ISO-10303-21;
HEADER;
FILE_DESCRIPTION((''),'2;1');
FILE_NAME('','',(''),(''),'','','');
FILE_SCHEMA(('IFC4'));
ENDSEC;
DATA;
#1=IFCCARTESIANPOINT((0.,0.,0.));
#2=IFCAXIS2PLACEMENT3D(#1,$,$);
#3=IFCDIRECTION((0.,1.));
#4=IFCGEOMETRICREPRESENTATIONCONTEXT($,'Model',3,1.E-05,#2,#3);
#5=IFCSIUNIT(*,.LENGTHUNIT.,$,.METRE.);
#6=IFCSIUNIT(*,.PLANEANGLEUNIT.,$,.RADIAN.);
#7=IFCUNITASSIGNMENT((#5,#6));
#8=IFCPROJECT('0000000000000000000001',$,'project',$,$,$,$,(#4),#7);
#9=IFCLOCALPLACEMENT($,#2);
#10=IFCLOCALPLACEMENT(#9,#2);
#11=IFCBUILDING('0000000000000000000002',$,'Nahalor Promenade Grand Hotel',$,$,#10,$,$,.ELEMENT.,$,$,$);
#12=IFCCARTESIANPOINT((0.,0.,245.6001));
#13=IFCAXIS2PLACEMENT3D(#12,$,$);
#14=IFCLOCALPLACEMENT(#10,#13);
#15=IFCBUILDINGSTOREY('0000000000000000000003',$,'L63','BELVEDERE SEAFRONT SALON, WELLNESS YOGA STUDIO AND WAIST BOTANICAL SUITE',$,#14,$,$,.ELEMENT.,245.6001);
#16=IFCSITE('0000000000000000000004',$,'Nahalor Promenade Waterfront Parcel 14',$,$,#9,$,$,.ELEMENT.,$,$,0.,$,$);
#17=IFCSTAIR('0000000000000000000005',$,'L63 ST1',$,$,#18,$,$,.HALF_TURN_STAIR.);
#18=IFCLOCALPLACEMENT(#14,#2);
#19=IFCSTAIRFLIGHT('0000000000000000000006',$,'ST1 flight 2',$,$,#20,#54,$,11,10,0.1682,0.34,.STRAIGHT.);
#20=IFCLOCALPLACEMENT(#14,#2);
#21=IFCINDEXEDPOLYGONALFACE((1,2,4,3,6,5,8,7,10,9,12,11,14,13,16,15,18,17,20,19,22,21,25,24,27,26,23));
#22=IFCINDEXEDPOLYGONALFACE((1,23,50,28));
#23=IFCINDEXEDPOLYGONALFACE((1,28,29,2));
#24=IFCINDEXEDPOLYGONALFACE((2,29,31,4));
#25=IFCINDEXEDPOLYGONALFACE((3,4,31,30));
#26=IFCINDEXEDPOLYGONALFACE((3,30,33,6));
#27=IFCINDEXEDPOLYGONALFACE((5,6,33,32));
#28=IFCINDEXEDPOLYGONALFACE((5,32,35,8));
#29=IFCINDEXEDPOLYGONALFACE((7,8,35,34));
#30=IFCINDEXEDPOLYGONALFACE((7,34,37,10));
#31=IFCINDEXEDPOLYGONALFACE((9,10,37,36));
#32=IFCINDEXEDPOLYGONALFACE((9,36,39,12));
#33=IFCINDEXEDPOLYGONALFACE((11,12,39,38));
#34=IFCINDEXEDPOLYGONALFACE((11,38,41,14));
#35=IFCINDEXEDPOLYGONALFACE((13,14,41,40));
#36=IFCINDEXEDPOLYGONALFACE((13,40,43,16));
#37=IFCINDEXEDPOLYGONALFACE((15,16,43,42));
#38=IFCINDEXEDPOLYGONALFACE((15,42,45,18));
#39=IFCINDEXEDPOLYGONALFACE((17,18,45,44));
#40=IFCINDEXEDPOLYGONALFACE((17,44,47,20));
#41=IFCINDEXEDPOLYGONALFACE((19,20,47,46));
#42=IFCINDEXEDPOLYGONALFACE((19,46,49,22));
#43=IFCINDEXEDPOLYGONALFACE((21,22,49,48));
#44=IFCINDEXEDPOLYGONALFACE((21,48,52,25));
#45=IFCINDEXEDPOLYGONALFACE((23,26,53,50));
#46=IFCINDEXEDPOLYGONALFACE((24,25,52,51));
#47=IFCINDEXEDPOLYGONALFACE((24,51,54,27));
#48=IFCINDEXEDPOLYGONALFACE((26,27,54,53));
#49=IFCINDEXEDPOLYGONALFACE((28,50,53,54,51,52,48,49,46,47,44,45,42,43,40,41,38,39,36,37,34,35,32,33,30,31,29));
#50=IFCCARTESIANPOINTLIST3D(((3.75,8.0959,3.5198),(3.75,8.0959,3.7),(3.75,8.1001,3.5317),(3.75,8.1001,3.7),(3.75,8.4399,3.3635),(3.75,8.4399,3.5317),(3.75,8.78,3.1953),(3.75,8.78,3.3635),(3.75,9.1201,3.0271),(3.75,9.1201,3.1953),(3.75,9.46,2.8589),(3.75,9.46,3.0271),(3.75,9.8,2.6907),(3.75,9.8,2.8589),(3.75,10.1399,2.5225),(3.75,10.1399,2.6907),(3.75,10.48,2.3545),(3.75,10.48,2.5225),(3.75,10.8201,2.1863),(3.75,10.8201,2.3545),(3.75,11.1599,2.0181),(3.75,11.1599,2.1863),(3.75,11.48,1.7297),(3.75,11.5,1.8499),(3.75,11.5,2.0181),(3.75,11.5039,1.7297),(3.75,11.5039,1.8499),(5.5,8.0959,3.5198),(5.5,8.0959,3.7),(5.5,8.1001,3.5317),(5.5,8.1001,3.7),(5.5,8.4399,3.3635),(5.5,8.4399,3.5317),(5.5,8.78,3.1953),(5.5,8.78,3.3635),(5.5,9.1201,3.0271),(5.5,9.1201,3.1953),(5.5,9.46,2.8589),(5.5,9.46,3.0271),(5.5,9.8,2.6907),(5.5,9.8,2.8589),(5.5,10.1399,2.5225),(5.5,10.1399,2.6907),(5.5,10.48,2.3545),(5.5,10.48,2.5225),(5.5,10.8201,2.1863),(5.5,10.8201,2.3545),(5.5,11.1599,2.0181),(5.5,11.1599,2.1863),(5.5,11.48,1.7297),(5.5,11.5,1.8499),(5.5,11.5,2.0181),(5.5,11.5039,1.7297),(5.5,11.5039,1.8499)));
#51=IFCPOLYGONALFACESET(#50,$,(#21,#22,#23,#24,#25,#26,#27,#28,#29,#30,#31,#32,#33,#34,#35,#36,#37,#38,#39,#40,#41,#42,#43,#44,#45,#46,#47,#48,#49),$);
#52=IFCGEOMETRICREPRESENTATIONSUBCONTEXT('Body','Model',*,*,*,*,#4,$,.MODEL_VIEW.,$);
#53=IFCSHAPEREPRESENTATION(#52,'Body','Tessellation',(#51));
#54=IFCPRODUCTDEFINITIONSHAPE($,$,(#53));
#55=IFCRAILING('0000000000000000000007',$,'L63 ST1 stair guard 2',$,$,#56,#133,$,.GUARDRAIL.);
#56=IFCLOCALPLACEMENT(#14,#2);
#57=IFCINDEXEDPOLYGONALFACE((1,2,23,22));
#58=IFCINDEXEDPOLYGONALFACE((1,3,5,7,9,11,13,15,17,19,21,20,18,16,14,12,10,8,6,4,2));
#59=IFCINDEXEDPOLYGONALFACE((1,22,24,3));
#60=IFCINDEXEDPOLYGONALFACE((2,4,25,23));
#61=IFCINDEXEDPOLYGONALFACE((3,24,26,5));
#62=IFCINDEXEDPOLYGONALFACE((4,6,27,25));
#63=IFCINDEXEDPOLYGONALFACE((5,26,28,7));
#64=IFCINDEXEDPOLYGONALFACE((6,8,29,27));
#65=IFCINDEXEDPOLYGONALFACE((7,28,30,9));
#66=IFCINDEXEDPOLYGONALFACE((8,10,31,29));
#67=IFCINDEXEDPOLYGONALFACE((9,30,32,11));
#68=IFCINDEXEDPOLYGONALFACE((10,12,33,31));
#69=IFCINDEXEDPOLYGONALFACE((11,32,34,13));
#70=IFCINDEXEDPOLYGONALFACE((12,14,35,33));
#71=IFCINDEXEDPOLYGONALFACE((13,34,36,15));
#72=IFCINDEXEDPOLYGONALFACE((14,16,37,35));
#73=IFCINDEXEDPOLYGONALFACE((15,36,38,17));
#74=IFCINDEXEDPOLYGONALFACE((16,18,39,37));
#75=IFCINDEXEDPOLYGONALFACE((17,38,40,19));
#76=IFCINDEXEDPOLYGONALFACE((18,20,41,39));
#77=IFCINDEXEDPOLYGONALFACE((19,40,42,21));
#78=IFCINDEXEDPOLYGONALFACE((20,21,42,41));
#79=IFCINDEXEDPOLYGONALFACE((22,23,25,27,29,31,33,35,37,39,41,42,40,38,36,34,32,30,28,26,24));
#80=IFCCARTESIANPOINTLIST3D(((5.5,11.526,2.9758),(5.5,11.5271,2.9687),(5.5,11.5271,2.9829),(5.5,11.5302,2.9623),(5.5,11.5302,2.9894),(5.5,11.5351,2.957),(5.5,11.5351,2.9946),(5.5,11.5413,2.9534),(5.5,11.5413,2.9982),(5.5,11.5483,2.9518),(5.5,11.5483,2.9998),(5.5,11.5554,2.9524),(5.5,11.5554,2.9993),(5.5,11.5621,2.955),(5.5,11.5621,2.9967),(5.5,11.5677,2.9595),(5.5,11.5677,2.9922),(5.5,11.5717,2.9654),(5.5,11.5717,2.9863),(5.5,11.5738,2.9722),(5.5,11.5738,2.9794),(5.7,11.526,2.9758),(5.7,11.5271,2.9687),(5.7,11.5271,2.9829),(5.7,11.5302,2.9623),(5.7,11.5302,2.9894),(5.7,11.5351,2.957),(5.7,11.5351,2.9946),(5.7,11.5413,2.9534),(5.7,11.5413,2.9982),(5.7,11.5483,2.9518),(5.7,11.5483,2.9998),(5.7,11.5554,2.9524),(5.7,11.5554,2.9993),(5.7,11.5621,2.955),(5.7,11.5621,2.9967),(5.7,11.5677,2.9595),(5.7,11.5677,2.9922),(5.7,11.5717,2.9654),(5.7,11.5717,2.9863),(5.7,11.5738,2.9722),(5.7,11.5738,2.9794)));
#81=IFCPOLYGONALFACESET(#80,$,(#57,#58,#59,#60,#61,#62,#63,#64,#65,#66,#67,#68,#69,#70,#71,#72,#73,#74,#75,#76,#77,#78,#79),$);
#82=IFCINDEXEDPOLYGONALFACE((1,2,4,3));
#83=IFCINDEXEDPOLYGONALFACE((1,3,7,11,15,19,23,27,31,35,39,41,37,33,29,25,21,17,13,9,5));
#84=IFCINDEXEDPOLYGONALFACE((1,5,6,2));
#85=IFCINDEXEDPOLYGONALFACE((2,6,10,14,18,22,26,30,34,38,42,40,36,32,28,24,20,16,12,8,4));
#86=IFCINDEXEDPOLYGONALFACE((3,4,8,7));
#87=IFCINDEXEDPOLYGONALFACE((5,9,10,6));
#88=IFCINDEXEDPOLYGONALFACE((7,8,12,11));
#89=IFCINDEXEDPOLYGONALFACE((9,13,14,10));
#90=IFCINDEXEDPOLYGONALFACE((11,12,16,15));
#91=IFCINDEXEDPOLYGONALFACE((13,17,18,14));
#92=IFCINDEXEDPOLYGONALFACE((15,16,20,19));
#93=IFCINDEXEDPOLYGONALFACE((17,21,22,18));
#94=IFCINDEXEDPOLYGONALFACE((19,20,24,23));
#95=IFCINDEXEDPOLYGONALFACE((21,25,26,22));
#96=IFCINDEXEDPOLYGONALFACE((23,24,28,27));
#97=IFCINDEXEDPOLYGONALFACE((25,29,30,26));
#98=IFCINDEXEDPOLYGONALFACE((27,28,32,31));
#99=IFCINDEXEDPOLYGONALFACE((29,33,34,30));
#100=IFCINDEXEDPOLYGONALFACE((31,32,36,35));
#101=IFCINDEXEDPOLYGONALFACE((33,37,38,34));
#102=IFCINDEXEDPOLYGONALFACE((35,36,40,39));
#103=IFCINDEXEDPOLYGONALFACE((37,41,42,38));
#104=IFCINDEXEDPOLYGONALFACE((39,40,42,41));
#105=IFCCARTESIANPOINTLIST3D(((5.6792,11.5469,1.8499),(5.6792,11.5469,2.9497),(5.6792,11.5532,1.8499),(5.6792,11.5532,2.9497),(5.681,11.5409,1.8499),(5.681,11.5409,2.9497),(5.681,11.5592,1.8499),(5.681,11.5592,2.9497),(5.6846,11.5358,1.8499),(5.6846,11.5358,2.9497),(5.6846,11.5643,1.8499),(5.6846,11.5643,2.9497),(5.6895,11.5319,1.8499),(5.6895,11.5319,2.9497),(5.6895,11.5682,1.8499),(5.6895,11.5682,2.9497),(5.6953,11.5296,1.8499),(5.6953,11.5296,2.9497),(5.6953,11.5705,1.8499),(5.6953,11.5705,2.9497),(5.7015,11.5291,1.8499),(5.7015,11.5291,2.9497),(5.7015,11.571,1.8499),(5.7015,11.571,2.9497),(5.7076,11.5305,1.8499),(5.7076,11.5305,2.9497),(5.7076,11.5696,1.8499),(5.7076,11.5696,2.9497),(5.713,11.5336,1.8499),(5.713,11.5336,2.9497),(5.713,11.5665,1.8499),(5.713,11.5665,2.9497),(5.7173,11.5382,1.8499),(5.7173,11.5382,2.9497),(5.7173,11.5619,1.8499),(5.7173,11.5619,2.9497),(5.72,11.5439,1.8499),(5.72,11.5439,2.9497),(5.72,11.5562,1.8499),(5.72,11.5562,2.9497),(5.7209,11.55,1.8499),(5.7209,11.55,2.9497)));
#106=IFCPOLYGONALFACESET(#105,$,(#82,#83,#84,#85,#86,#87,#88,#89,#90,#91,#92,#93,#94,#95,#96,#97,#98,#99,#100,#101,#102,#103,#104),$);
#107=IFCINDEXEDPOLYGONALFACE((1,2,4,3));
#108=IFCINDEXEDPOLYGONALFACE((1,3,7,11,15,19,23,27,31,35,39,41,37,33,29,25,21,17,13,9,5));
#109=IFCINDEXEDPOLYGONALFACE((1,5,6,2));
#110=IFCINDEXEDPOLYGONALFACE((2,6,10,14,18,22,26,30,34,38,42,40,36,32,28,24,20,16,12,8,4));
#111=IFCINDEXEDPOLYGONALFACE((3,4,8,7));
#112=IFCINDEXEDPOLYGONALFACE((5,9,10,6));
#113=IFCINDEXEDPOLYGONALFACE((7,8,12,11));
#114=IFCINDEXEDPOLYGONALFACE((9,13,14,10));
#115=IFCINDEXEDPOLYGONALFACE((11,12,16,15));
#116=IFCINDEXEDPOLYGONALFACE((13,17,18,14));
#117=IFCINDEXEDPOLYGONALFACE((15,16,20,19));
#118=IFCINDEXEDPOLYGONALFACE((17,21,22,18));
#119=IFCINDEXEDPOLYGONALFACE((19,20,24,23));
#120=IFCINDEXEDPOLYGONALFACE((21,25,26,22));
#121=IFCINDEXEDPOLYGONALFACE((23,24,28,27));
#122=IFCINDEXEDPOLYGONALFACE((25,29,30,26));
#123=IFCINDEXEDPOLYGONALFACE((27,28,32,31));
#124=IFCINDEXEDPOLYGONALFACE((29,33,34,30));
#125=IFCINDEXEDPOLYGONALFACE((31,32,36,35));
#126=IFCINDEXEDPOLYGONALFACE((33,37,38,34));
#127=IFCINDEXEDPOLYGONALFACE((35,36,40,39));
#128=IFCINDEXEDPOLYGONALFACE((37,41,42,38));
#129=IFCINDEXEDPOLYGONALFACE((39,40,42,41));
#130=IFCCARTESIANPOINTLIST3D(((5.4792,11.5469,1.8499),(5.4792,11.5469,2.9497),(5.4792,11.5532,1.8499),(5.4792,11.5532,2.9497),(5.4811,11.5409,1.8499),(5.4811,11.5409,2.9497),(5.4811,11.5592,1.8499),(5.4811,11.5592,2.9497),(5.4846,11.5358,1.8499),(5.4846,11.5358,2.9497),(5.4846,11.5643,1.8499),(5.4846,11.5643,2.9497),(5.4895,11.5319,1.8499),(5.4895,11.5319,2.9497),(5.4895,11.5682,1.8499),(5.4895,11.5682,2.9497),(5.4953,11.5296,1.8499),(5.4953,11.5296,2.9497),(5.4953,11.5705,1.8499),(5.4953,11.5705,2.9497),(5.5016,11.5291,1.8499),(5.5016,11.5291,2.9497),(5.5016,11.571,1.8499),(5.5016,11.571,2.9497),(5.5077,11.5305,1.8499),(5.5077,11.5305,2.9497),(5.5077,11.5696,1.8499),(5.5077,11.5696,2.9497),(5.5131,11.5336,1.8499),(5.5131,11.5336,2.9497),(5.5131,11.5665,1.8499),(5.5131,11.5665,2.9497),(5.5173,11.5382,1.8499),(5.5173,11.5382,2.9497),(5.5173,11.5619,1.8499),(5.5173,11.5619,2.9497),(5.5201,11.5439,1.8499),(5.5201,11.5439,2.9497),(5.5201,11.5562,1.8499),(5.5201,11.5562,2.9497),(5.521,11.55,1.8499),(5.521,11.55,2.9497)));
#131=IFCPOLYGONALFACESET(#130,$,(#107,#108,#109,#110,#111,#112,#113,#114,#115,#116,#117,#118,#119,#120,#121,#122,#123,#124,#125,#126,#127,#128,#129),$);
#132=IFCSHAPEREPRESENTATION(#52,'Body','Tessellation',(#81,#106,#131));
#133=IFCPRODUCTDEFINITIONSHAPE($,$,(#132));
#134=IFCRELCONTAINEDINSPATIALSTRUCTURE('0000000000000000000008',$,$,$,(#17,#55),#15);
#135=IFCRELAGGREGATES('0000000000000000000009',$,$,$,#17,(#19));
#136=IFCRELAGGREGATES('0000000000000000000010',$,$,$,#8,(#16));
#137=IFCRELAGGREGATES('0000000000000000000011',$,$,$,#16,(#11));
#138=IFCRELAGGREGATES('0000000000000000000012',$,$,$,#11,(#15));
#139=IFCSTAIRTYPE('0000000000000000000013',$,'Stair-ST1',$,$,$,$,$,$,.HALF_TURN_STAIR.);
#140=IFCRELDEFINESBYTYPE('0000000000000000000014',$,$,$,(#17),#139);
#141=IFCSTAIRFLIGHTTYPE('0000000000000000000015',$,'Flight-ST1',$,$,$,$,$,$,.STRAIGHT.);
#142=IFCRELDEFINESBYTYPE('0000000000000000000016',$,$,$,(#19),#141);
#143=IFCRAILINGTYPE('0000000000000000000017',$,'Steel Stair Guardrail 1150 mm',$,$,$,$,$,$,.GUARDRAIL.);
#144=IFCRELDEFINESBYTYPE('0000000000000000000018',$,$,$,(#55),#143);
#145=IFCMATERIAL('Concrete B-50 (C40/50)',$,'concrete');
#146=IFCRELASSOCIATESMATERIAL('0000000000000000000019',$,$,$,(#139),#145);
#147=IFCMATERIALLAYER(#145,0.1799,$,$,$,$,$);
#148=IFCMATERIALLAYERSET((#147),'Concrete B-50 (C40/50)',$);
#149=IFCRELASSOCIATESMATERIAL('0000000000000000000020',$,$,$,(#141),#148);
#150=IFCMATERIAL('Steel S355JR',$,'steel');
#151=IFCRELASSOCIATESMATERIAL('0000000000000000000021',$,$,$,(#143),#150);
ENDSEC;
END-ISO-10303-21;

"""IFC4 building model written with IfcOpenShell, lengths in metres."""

from ifc_helpers import new_model, si_unit, direction, frame, origin, origin_2d, place, context, subcontext, project, spatial, polyline, circle, outline, extrude, source, transform, mapped, material, layer, layer_set, type_object, element, aggregate, save


model = new_model("IFC4")

# Units and contexts
model_context = context("Model", 3, precision=1e-05, world=origin(), true_north=direction((0.0, 1.0)))
body_context = subcontext(model_context, "Body", "Model", "MODEL_VIEW")
ifc_project = project(units=[si_unit("LENGTHUNIT", "METRE"), si_unit("PLANEANGLEUNIT", "RADIAN")], contexts=[model_context])

# Site, building, storey
site_placement = place(None, origin())
site = spatial("IfcSite", under=ifc_project, at=site_placement, Name="Nahalor Promenade Waterfront Parcel 14", CompositionType="ELEMENT", RefElevation=0.0)
building_placement = place(site_placement, origin())
building = spatial("IfcBuilding", under=site, at=building_placement, Name="Nahalor Promenade Grand Hotel", CompositionType="ELEMENT")
storey_placement = place(building_placement, frame((0.0, 0.0, 245.6001)))
storey = spatial("IfcBuildingStorey", under=building, at=storey_placement, Name="L63", Description="BELVEDERE SEAFRONT SALON, WELLNESS YOGA STUDIO AND WAIST BOTANICAL SUITE", CompositionType="ELEMENT", Elevation=245.6001)

# Shared definitions
ifc_material_1 = material(Name="Steel S355JR", Category="steel")

# Shared definitions
ifc_material_2 = material(Name="Concrete B-50 (C40/50)", Category="concrete")

# Stair, stair flight
stair_type = type_object("IfcStairType", Name="Stair-ST1", PredefinedType="HALF_TURN_STAIR", material=ifc_material_2)
stair_placement = place(storey_placement, origin())
stair = element("IfcStair", 1, at=stair_placement, inside=storey, type_object=stair_type, Name="L63 ST1", PredefinedType="HALF_TURN_STAIR")
ifc_layer_1 = layer(ifc_material_2, 0.1799)
ifc_layer_set_1 = layer_set([ifc_layer_1], Name="Concrete B-50 (C40/50)")
stair_flight_type = type_object("IfcStairFlightType", Name="Flight-ST1", PredefinedType="STRAIGHT", material=ifc_layer_set_1)
shared_shape_1 = source(origin(), body_context, "Body", "SweptSolid", [
    extrude(outline(polyline([(-0.0039, -0.1201), (-0.0039, 0.0), (0.0, 0.0), (0.0, 0.1682), (0.3401, 0.1682), (0.3401, 0.3364), (0.6799, 0.3364), (0.6799, 0.5046), (1.02, 0.5046), (1.02, 0.6726), (1.3601, 0.6726), (1.3601, 0.8408), (1.7, 0.8408), (1.7, 1.009), (2.04, 1.009), (2.04, 1.1772), (2.3799, 1.1772), (2.3799, 1.3455), (2.72, 1.3455), (2.72, 1.5137), (3.0601, 1.5137), (3.0601, 1.6819), (3.3999, 1.6819), (3.3999, 1.8501), (3.4041, 1.8501), (3.4041, 1.6699), (0.02, -0.1201), (-0.0039, -0.1201)])), frame((0.0, 0.875, 0.0), z_axis=(0.0, -1.0, 0.0), x_axis=(1.0, 0.0, 0.0)), (0.0, 0.0, 1.0), 1.75),
])
stair_flight_placement = place(storey_placement, frame((4.625, 11.5, 1.8499), z_axis=(0.0, 0.0, 1.0), x_axis=(0.0, -1.0, 0.0)))
stair_flight = element("IfcStairFlight", 2, at=stair_flight_placement, type_object=stair_flight_type, Name="ST1 flight 2", NumberOfRisers=11, NumberOfTreads=10, PredefinedType="STRAIGHT", RiserHeight=0.1682, TreadLength=0.34, context=body_context, shape_type="MappedRepresentation", body=[
    mapped(shared_shape_1, transform((0.0, 0.0, 0.0), scale=1.0)),
])
aggregate(stair, [stair_flight])

# Railing
railing_type_1 = type_object("IfcRailingType", Name="Steel Stair Guardrail 1150 mm", PredefinedType="GUARDRAIL", material=ifc_material_1)
railing_1_placement = place(storey_placement, frame((5.7, 11.55, 1.8499)))
element("IfcRailing", 3, at=railing_1_placement, inside=storey, type_object=railing_type_1, Name="L63 ST1 stair guard 2", PredefinedType="GUARDRAIL", context=body_context, shape_type="SweptSolid", body=[
    extrude(circle(Radius=0.024, at=origin_2d()), frame((0.0, 0.0, 1.126), z_axis=(-1.0, 0.0, 0.0), x_axis=(0.0, -1.0, 0.0)), (0.0, 0.0, 1.0), 0.2),
    extrude(circle(Radius=0.021, at=origin_2d()), origin(), (0.0, 0.0, 1.0), 1.0999),
    extrude(circle(Radius=0.021, at=origin_2d()), frame((-0.2, 0.0, 0.0)), (0.0, 0.0, 1.0), 1.0999),
])

save(model, "model.ifc")
